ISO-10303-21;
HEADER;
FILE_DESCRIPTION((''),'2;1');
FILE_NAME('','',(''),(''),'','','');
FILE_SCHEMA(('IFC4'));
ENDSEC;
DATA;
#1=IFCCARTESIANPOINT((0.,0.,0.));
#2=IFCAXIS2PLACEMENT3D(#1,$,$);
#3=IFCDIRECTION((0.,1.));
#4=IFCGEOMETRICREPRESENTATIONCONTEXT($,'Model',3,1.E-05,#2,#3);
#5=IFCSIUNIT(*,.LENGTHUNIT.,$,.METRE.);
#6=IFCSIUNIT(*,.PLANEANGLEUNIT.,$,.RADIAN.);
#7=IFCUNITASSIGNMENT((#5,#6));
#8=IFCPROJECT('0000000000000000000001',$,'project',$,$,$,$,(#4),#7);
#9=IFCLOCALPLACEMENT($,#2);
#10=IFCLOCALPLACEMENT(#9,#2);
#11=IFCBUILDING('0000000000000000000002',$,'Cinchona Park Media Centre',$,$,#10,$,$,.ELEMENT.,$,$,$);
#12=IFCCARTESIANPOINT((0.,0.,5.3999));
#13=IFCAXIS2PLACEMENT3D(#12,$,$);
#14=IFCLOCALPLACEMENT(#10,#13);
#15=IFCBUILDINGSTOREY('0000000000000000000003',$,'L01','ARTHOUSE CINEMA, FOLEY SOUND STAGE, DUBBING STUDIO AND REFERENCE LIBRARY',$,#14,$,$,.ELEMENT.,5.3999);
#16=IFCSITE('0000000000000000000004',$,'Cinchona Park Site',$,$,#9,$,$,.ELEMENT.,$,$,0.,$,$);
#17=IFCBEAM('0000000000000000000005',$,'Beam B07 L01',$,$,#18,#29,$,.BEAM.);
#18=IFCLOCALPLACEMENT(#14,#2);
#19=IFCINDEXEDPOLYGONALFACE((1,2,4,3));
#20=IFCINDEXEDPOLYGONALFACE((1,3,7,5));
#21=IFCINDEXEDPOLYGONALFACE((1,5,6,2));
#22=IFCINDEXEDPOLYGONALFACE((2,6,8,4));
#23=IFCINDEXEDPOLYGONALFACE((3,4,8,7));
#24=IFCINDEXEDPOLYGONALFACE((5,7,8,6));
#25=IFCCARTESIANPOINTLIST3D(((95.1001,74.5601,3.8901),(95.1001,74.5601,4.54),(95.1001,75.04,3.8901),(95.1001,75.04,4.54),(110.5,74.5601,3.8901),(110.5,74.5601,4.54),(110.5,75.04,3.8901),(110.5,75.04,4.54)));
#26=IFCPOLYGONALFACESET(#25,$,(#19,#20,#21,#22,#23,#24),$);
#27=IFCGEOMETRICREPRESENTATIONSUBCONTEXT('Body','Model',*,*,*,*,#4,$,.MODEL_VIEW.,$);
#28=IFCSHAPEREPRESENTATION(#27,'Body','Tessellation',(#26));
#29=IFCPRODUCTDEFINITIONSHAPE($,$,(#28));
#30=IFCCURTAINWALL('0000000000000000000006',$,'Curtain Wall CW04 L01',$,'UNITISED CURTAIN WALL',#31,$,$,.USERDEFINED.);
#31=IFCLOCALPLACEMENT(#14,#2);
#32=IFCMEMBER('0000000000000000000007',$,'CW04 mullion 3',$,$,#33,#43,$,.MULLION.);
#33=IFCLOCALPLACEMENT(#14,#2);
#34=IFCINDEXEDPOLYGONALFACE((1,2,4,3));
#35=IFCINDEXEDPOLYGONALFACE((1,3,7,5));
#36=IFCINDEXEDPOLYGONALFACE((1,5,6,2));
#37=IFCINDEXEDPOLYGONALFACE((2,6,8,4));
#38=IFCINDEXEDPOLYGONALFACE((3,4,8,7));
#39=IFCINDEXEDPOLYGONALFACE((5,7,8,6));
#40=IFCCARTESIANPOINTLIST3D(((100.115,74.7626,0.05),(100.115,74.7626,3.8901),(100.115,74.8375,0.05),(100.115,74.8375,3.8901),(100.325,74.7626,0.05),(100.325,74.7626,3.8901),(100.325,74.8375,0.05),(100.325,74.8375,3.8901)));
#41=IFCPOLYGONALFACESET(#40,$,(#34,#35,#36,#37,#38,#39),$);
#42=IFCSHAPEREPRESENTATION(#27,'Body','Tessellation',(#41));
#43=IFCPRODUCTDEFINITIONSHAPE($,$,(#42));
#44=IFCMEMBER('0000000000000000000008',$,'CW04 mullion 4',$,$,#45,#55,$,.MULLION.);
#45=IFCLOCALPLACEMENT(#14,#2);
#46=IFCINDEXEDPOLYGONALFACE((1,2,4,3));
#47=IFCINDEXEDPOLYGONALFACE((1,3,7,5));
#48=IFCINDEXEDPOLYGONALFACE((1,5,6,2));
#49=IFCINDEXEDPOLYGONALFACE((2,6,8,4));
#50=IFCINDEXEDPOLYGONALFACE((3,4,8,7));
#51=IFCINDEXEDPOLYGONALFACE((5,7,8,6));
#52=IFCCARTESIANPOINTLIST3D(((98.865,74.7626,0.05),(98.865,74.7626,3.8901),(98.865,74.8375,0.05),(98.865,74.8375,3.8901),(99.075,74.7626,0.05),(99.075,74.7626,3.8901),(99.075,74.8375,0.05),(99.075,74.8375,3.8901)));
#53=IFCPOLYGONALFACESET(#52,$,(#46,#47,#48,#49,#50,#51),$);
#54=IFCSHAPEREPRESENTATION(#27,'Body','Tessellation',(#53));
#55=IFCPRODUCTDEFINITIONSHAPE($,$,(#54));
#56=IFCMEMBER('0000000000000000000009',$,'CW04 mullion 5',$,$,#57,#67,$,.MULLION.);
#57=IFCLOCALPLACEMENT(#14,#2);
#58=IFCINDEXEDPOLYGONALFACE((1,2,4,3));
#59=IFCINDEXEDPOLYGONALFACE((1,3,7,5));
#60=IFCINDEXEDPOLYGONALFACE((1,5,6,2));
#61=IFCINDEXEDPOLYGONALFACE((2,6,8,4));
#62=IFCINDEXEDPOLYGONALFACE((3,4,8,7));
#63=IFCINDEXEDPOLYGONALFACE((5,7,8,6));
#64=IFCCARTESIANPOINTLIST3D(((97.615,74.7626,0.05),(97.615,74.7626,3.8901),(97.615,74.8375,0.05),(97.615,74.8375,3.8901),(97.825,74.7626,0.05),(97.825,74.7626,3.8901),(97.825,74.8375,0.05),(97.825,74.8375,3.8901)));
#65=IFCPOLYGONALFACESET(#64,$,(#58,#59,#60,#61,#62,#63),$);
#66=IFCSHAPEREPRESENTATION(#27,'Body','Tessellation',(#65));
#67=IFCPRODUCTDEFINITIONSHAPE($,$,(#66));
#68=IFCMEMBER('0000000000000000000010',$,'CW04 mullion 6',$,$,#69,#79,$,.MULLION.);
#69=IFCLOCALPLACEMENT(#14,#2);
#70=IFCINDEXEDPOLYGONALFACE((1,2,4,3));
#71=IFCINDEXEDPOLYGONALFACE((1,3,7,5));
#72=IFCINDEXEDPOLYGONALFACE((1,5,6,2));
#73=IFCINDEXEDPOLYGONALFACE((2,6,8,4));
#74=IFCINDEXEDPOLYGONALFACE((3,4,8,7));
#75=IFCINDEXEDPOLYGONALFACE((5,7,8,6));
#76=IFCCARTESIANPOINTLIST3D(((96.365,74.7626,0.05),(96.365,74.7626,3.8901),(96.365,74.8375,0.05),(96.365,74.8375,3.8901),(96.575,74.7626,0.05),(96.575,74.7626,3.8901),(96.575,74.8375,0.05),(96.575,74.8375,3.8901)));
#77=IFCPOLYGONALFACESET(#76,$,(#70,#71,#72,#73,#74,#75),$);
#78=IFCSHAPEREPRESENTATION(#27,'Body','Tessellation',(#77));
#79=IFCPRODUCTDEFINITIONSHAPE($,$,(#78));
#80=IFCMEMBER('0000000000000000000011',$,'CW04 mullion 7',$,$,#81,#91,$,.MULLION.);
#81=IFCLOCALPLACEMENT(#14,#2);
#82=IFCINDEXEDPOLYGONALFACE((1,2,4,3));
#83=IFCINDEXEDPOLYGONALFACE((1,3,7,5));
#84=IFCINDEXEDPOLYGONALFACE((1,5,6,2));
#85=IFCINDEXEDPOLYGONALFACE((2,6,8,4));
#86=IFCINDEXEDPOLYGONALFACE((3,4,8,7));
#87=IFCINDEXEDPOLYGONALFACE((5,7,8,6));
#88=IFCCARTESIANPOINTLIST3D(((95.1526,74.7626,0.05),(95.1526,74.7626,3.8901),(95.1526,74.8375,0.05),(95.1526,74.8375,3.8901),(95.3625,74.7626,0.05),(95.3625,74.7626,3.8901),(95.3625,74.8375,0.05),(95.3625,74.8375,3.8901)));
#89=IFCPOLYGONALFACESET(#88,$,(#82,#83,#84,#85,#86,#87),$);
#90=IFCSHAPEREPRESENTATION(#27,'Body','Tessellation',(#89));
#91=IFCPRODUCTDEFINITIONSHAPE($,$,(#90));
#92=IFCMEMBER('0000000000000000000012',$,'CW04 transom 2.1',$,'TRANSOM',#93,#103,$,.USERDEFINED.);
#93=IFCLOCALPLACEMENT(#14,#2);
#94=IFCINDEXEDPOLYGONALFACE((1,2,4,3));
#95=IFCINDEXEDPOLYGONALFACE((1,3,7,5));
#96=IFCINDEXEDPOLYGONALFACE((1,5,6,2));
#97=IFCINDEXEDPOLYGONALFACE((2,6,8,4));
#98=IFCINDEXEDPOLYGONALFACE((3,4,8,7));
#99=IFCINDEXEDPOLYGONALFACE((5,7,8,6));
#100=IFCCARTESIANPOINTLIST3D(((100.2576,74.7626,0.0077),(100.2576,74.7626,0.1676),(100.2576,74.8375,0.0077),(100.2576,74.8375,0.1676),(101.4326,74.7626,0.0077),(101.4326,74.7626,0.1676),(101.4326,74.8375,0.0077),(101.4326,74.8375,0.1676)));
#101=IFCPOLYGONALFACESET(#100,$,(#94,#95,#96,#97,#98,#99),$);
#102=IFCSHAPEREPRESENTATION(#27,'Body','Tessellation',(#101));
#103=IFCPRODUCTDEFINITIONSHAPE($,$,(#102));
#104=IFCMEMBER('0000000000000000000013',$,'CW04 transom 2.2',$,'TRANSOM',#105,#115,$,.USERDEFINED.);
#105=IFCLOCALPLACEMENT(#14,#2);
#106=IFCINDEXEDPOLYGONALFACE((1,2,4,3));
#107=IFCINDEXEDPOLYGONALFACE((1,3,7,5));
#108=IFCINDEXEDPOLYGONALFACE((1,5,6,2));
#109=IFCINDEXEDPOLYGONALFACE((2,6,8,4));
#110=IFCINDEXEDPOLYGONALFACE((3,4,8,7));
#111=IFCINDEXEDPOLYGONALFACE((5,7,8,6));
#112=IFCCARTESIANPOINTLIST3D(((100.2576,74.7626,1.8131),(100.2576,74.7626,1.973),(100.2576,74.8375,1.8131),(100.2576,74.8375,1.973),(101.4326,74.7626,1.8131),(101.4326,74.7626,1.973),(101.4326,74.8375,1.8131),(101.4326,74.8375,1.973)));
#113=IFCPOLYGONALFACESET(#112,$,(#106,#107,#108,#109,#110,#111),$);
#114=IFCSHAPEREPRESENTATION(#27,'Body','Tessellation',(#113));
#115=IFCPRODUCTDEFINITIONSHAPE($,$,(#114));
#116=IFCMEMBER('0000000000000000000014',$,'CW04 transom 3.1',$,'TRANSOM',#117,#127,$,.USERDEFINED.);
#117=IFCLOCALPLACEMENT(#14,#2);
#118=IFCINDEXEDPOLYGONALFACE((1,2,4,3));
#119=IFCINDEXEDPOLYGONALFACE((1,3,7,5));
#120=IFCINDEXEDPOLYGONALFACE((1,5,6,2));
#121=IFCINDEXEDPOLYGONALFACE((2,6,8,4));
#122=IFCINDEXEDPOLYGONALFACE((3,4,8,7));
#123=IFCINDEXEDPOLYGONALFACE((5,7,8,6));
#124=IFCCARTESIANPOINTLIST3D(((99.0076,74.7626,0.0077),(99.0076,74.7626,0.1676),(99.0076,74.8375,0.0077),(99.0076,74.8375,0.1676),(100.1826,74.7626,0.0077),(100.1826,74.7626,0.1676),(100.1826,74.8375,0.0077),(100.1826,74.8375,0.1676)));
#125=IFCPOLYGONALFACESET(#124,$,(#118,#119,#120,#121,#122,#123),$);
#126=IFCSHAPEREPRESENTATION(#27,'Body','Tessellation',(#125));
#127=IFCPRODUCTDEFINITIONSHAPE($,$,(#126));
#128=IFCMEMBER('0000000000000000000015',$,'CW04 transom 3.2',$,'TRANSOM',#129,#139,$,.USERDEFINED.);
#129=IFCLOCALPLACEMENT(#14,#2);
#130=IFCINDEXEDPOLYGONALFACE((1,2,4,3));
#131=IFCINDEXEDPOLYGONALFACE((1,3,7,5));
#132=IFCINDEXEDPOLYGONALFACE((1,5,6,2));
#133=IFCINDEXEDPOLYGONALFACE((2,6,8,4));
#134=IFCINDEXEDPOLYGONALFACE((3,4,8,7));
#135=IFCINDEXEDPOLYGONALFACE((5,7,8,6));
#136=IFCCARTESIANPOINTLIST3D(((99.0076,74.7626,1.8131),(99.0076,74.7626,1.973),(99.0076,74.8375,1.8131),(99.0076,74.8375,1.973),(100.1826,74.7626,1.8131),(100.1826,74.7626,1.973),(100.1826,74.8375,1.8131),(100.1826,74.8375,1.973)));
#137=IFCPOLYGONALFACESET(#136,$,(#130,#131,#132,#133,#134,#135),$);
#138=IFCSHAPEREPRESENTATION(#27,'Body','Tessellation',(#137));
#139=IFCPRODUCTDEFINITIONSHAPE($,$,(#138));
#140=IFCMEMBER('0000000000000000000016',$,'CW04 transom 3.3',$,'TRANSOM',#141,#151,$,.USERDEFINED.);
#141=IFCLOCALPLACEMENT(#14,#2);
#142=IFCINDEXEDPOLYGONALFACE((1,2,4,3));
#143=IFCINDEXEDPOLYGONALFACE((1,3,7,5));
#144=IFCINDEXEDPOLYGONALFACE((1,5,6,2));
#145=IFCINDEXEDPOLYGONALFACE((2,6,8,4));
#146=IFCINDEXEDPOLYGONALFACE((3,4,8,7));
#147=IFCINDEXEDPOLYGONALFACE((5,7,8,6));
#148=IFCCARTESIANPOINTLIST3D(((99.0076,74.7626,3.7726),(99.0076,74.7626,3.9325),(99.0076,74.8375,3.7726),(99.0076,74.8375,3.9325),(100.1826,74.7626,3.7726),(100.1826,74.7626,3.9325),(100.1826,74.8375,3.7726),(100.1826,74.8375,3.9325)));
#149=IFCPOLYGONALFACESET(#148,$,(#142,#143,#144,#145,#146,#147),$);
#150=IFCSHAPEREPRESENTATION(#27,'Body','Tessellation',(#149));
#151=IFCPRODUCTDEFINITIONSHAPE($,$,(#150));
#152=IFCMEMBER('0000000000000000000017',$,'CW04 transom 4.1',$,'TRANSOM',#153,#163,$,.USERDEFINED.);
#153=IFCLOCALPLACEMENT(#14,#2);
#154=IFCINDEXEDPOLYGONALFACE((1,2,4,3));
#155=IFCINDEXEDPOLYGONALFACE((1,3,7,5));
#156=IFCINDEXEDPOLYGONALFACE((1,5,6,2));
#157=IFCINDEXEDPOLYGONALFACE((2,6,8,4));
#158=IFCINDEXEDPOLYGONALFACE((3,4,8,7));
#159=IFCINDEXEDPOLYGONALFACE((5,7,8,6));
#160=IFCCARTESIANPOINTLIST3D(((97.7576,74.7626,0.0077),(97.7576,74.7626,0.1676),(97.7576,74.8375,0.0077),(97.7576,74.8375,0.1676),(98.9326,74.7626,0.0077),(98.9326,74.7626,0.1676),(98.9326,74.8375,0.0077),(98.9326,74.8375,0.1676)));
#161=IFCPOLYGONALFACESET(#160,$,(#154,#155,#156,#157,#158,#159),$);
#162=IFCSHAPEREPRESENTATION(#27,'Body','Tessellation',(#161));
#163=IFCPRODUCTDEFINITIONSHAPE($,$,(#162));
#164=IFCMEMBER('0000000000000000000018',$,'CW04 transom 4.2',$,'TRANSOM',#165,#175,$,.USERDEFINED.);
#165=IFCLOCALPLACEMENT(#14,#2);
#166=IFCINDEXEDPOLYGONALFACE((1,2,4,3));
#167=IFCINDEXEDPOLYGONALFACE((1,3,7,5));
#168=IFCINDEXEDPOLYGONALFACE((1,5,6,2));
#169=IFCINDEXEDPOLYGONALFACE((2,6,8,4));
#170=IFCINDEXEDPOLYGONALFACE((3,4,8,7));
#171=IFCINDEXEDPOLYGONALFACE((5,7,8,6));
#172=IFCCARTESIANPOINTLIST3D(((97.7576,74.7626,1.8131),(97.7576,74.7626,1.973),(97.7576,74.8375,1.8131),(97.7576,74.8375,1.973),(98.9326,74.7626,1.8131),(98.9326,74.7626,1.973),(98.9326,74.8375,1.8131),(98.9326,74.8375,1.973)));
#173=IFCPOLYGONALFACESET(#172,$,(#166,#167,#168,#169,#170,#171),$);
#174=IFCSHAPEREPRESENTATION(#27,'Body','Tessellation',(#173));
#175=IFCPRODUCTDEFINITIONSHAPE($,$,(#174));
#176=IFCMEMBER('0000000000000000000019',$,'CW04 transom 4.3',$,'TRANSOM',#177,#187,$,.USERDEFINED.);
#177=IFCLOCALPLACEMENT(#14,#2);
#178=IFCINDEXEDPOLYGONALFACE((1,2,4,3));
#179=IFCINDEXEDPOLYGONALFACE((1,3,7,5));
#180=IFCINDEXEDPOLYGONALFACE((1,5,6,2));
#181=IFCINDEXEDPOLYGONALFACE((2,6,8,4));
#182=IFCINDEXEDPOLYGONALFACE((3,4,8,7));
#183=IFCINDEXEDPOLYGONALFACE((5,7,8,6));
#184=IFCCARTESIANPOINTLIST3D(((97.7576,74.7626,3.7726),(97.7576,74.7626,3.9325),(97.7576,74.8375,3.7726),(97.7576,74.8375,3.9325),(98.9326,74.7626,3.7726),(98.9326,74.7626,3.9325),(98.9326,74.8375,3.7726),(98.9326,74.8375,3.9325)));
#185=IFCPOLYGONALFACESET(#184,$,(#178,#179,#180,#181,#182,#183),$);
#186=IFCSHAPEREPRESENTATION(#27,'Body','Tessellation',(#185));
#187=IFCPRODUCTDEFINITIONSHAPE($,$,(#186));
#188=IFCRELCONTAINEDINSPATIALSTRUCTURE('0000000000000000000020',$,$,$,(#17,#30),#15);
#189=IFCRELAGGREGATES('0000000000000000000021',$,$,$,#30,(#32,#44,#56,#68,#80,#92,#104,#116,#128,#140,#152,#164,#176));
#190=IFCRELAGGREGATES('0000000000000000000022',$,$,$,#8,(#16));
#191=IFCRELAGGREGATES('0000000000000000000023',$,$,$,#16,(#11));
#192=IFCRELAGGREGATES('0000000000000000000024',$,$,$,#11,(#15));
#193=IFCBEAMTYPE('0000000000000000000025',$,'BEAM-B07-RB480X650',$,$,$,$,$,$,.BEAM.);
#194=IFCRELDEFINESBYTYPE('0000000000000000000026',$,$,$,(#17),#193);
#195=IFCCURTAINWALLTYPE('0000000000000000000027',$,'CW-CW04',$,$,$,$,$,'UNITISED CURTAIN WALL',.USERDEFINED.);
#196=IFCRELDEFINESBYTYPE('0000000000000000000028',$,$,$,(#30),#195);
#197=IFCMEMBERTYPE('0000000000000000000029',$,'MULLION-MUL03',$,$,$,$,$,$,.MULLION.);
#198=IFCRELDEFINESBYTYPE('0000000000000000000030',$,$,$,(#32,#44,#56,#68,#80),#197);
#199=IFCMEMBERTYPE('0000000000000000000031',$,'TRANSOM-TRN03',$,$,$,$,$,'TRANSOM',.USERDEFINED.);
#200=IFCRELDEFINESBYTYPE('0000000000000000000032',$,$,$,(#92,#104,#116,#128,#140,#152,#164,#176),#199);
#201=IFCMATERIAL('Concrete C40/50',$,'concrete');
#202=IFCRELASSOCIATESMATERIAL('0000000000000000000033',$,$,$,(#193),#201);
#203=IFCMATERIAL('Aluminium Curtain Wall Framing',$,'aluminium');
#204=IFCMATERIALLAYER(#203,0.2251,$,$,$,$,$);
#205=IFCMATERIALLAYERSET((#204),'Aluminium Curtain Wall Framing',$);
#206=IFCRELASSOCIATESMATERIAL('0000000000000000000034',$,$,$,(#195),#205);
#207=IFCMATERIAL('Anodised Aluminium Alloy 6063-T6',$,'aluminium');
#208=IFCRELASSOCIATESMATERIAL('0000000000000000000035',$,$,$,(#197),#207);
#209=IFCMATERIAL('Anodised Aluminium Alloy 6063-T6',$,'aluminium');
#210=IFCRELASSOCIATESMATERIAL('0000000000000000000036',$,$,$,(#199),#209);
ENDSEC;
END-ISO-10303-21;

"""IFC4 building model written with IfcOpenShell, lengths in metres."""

from ifc_helpers import new_model, si_unit, direction, frame, origin, origin_2d, place, context, subcontext, project, spatial, rectangle, extrude, material, layer, layer_set, material_profile, profile_set, type_object, element, aggregate, save


model = new_model("IFC4")

# Units and contexts
model_context = context("Model", 3, precision=1e-05, world=origin(), true_north=direction((0.0, 1.0)))
body_context = subcontext(model_context, "Body", "Model", "MODEL_VIEW")
ifc_project = project(units=[si_unit("LENGTHUNIT", "METRE"), si_unit("PLANEANGLEUNIT", "RADIAN")], contexts=[model_context])

# Site, building, storey
site_placement = place(None, origin())
site = spatial("IfcSite", under=ifc_project, at=site_placement, Name="Cinchona Park Site", CompositionType="ELEMENT", RefElevation=0.0)
building_placement = place(site_placement, origin())
building = spatial("IfcBuilding", under=site, at=building_placement, Name="Cinchona Park Media Centre", CompositionType="ELEMENT")
storey_placement = place(building_placement, frame((0.0, 0.0, 5.3999)))
storey = spatial("IfcBuildingStorey", under=building, at=storey_placement, Name="L01", Description="ARTHOUSE CINEMA, FOLEY SOUND STAGE, DUBBING STUDIO AND REFERENCE LIBRARY", CompositionType="ELEMENT", Elevation=5.3999)

# Beam
ifc_material_1 = material(Name="Concrete C40/50", Category="concrete")
ifc_material_profile_1 = material_profile(ifc_material_1, rectangle(XDim=0.48, YDim=0.6499, at=origin_2d()), Name="RB 480X650")
ifc_profile_set_1 = profile_set([ifc_material_profile_1], Name="Concrete C40/50")
beam_type = type_object("IfcBeamType", Name="BEAM-B07-RB480X650", PredefinedType="BEAM", material=ifc_profile_set_1)
beam_placement = place(storey_placement, frame((95.1001, 74.8, 4.2151), z_axis=(1.0, 0.0, 0.0), x_axis=(0.0, 1.0, 0.0)))
element("IfcBeam", 1, at=beam_placement, inside=storey, type_object=beam_type, Name="Beam B07 L01", PredefinedType="BEAM", context=body_context, shape_type="SweptSolid", body=[
    extrude(rectangle(XDim=0.48, YDim=0.6499, at=origin_2d()), origin(), (0.0, 0.0, 1.0), 15.3999),
])

# Curtain wall, members
ifc_material_2 = material(Name="Aluminium Curtain Wall Framing", Category="aluminium")
ifc_layer_1 = layer(ifc_material_2, 0.2251)
ifc_layer_set_1 = layer_set([ifc_layer_1], Name="Aluminium Curtain Wall Framing")
curtain_wall_type = type_object("IfcCurtainWallType", Name="CW-CW04", ElementType="UNITISED CURTAIN WALL", PredefinedType="USERDEFINED", material=ifc_layer_set_1)
curtain_wall_placement = place(storey_placement, origin())
curtain_wall = element("IfcCurtainWall", 2, at=curtain_wall_placement, inside=storey, type_object=curtain_wall_type, Name="Curtain Wall CW04 L01", ObjectType="UNITISED CURTAIN WALL", PredefinedType="USERDEFINED")
ifc_material_3 = material(Name="Anodised Aluminium Alloy 6063-T6", Category="aluminium")
ifc_material_profile_2 = material_profile(ifc_material_3, rectangle(XDim=0.075, YDim=0.21, at=origin_2d()), Name="MUL-75X210")
ifc_profile_set_2 = profile_set([ifc_material_profile_2], Name="Anodised Aluminium Alloy 6063-T6")
member_type_1 = type_object("IfcMemberType", Name="MULLION-MUL03", PredefinedType="MULLION", material=ifc_profile_set_2)
member_1_placement = place(storey_placement, frame((100.22, 74.8, 0.05), z_axis=(0.0, 0.0, 1.0), x_axis=(0.0, -1.0, 0.0)))
member_1 = element("IfcMember", 3, at=member_1_placement, type_object=member_type_1, Name="CW04 mullion 3", PredefinedType="MULLION", context=body_context, shape_type="SweptSolid", body=[
    extrude(rectangle(XDim=0.075, YDim=0.21, at=origin_2d()), origin(), (0.0, 0.0, 1.0), 3.8401),
])
member_2_placement = place(storey_placement, frame((98.97, 74.8, 0.05), z_axis=(0.0, 0.0, 1.0), x_axis=(0.0, -1.0, 0.0)))
member_2 = element("IfcMember", 4, at=member_2_placement, type_object=member_type_1, Name="CW04 mullion 4", PredefinedType="MULLION", context=body_context, shape_type="SweptSolid", body=[
    extrude(rectangle(XDim=0.075, YDim=0.21, at=origin_2d()), origin(), (0.0, 0.0, 1.0), 3.8401),
])
member_3_placement = place(storey_placement, frame((97.72, 74.8, 0.05), z_axis=(0.0, 0.0, 1.0), x_axis=(0.0, -1.0, 0.0)))
member_3 = element("IfcMember", 5, at=member_3_placement, type_object=member_type_1, Name="CW04 mullion 5", PredefinedType="MULLION", context=body_context, shape_type="SweptSolid", body=[
    extrude(rectangle(XDim=0.075, YDim=0.21, at=origin_2d()), origin(), (0.0, 0.0, 1.0), 3.8401),
])
member_4_placement = place(storey_placement, frame((96.47, 74.8, 0.05), z_axis=(0.0, 0.0, 1.0), x_axis=(0.0, -1.0, 0.0)))
member_4 = element("IfcMember", 6, at=member_4_placement, type_object=member_type_1, Name="CW04 mullion 6", PredefinedType="MULLION", context=body_context, shape_type="SweptSolid", body=[
    extrude(rectangle(XDim=0.075, YDim=0.21, at=origin_2d()), origin(), (0.0, 0.0, 1.0), 3.8401),
])
member_5_placement = place(storey_placement, frame((95.2576, 74.8, 0.05), z_axis=(0.0, 0.0, 1.0), x_axis=(0.0, -1.0, 0.0)))
member_5 = element("IfcMember", 7, at=member_5_placement, type_object=member_type_1, Name="CW04 mullion 7", PredefinedType="MULLION", context=body_context, shape_type="SweptSolid", body=[
    extrude(rectangle(XDim=0.075, YDim=0.21, at=origin_2d()), origin(), (0.0, 0.0, 1.0), 3.8401),
])
ifc_material_4 = material(Name="Anodised Aluminium Alloy 6063-T6", Category="aluminium")
ifc_material_profile_3 = material_profile(ifc_material_4, rectangle(XDim=0.075, YDim=0.1599, at=origin_2d()), Name="TRN-75X160")
ifc_profile_set_3 = profile_set([ifc_material_profile_3], Name="Anodised Aluminium Alloy 6063-T6")
member_type_2 = type_object("IfcMemberType", Name="TRANSOM-TRN03", ElementType="TRANSOM", PredefinedType="USERDEFINED", material=ifc_profile_set_3)
member_6_placement = place(storey_placement, frame((101.4326, 74.8, 0.0876), z_axis=(-1.0, 0.0, 0.0), x_axis=(0.0, -1.0, 0.0)))
member_6 = element("IfcMember", 8, at=member_6_placement, type_object=member_type_2, Name="CW04 transom 2.1", ObjectType="TRANSOM", PredefinedType="USERDEFINED", context=body_context, shape_type="SweptSolid", body=[
    extrude(rectangle(XDim=0.075, YDim=0.1599, at=origin_2d()), origin(), (0.0, 0.0, 1.0), 1.175),
])
member_7_placement = place(storey_placement, frame((101.4326, 74.8, 1.8931), z_axis=(-1.0, 0.0, 0.0), x_axis=(0.0, -1.0, 0.0)))
member_7 = element("IfcMember", 9, at=member_7_placement, type_object=member_type_2, Name="CW04 transom 2.2", ObjectType="TRANSOM", PredefinedType="USERDEFINED", context=body_context, shape_type="SweptSolid", body=[
    extrude(rectangle(XDim=0.075, YDim=0.1599, at=origin_2d()), origin(), (0.0, 0.0, 1.0), 1.175),
])
member_8_placement = place(storey_placement, frame((100.1826, 74.8, 0.0876), z_axis=(-1.0, 0.0, 0.0), x_axis=(0.0, -1.0, 0.0)))
member_8 = element("IfcMember", 10, at=member_8_placement, type_object=member_type_2, Name="CW04 transom 3.1", ObjectType="TRANSOM", PredefinedType="USERDEFINED", context=body_context, shape_type="SweptSolid", body=[
    extrude(rectangle(XDim=0.075, YDim=0.1599, at=origin_2d()), origin(), (0.0, 0.0, 1.0), 1.175),
])
member_9_placement = place(storey_placement, frame((100.1826, 74.8, 1.8931), z_axis=(-1.0, 0.0, 0.0), x_axis=(0.0, -1.0, 0.0)))
member_9 = element("IfcMember", 11, at=member_9_placement, type_object=member_type_2, Name="CW04 transom 3.2", ObjectType="TRANSOM", PredefinedType="USERDEFINED", context=body_context, shape_type="SweptSolid", body=[
    extrude(rectangle(XDim=0.075, YDim=0.1599, at=origin_2d()), origin(), (0.0, 0.0, 1.0), 1.175),
])
member_10_placement = place(storey_placement, frame((100.1826, 74.8, 3.8525), z_axis=(-1.0, 0.0, 0.0), x_axis=(0.0, -1.0, 0.0)))
member_10 = element("IfcMember", 12, at=member_10_placement, type_object=member_type_2, Name="CW04 transom 3.3", ObjectType="TRANSOM", PredefinedType="USERDEFINED", context=body_context, shape_type="SweptSolid", body=[
    extrude(rectangle(XDim=0.075, YDim=0.1599, at=origin_2d()), origin(), (0.0, 0.0, 1.0), 1.175),
])
member_11_placement = place(storey_placement, frame((98.9326, 74.8, 0.0876), z_axis=(-1.0, 0.0, 0.0), x_axis=(0.0, -1.0, 0.0)))
member_11 = element("IfcMember", 13, at=member_11_placement, type_object=member_type_2, Name="CW04 transom 4.1", ObjectType="TRANSOM", PredefinedType="USERDEFINED", context=body_context, shape_type="SweptSolid", body=[
    extrude(rectangle(XDim=0.075, YDim=0.1599, at=origin_2d()), origin(), (0.0, 0.0, 1.0), 1.175),
])
member_12_placement = place(storey_placement, frame((98.9326, 74.8, 1.8931), z_axis=(-1.0, 0.0, 0.0), x_axis=(0.0, -1.0, 0.0)))
member_12 = element("IfcMember", 14, at=member_12_placement, type_object=member_type_2, Name="CW04 transom 4.2", ObjectType="TRANSOM", PredefinedType="USERDEFINED", context=body_context, shape_type="SweptSolid", body=[
    extrude(rectangle(XDim=0.075, YDim=0.1599, at=origin_2d()), origin(), (0.0, 0.0, 1.0), 1.175),
])
member_13_placement = place(storey_placement, frame((98.9326, 74.8, 3.8525), z_axis=(-1.0, 0.0, 0.0), x_axis=(0.0, -1.0, 0.0)))
member_13 = element("IfcMember", 15, at=member_13_placement, type_object=member_type_2, Name="CW04 transom 4.3", ObjectType="TRANSOM", PredefinedType="USERDEFINED", context=body_context, shape_type="SweptSolid", body=[
    extrude(rectangle(XDim=0.075, YDim=0.1599, at=origin_2d()), origin(), (0.0, 0.0, 1.0), 1.175),
])
aggregate(curtain_wall, [member_1, member_2, member_3, member_4, member_5, member_6, member_7, member_8, member_9, member_10, member_11, member_12, member_13])

save(model, "model.ifc")
